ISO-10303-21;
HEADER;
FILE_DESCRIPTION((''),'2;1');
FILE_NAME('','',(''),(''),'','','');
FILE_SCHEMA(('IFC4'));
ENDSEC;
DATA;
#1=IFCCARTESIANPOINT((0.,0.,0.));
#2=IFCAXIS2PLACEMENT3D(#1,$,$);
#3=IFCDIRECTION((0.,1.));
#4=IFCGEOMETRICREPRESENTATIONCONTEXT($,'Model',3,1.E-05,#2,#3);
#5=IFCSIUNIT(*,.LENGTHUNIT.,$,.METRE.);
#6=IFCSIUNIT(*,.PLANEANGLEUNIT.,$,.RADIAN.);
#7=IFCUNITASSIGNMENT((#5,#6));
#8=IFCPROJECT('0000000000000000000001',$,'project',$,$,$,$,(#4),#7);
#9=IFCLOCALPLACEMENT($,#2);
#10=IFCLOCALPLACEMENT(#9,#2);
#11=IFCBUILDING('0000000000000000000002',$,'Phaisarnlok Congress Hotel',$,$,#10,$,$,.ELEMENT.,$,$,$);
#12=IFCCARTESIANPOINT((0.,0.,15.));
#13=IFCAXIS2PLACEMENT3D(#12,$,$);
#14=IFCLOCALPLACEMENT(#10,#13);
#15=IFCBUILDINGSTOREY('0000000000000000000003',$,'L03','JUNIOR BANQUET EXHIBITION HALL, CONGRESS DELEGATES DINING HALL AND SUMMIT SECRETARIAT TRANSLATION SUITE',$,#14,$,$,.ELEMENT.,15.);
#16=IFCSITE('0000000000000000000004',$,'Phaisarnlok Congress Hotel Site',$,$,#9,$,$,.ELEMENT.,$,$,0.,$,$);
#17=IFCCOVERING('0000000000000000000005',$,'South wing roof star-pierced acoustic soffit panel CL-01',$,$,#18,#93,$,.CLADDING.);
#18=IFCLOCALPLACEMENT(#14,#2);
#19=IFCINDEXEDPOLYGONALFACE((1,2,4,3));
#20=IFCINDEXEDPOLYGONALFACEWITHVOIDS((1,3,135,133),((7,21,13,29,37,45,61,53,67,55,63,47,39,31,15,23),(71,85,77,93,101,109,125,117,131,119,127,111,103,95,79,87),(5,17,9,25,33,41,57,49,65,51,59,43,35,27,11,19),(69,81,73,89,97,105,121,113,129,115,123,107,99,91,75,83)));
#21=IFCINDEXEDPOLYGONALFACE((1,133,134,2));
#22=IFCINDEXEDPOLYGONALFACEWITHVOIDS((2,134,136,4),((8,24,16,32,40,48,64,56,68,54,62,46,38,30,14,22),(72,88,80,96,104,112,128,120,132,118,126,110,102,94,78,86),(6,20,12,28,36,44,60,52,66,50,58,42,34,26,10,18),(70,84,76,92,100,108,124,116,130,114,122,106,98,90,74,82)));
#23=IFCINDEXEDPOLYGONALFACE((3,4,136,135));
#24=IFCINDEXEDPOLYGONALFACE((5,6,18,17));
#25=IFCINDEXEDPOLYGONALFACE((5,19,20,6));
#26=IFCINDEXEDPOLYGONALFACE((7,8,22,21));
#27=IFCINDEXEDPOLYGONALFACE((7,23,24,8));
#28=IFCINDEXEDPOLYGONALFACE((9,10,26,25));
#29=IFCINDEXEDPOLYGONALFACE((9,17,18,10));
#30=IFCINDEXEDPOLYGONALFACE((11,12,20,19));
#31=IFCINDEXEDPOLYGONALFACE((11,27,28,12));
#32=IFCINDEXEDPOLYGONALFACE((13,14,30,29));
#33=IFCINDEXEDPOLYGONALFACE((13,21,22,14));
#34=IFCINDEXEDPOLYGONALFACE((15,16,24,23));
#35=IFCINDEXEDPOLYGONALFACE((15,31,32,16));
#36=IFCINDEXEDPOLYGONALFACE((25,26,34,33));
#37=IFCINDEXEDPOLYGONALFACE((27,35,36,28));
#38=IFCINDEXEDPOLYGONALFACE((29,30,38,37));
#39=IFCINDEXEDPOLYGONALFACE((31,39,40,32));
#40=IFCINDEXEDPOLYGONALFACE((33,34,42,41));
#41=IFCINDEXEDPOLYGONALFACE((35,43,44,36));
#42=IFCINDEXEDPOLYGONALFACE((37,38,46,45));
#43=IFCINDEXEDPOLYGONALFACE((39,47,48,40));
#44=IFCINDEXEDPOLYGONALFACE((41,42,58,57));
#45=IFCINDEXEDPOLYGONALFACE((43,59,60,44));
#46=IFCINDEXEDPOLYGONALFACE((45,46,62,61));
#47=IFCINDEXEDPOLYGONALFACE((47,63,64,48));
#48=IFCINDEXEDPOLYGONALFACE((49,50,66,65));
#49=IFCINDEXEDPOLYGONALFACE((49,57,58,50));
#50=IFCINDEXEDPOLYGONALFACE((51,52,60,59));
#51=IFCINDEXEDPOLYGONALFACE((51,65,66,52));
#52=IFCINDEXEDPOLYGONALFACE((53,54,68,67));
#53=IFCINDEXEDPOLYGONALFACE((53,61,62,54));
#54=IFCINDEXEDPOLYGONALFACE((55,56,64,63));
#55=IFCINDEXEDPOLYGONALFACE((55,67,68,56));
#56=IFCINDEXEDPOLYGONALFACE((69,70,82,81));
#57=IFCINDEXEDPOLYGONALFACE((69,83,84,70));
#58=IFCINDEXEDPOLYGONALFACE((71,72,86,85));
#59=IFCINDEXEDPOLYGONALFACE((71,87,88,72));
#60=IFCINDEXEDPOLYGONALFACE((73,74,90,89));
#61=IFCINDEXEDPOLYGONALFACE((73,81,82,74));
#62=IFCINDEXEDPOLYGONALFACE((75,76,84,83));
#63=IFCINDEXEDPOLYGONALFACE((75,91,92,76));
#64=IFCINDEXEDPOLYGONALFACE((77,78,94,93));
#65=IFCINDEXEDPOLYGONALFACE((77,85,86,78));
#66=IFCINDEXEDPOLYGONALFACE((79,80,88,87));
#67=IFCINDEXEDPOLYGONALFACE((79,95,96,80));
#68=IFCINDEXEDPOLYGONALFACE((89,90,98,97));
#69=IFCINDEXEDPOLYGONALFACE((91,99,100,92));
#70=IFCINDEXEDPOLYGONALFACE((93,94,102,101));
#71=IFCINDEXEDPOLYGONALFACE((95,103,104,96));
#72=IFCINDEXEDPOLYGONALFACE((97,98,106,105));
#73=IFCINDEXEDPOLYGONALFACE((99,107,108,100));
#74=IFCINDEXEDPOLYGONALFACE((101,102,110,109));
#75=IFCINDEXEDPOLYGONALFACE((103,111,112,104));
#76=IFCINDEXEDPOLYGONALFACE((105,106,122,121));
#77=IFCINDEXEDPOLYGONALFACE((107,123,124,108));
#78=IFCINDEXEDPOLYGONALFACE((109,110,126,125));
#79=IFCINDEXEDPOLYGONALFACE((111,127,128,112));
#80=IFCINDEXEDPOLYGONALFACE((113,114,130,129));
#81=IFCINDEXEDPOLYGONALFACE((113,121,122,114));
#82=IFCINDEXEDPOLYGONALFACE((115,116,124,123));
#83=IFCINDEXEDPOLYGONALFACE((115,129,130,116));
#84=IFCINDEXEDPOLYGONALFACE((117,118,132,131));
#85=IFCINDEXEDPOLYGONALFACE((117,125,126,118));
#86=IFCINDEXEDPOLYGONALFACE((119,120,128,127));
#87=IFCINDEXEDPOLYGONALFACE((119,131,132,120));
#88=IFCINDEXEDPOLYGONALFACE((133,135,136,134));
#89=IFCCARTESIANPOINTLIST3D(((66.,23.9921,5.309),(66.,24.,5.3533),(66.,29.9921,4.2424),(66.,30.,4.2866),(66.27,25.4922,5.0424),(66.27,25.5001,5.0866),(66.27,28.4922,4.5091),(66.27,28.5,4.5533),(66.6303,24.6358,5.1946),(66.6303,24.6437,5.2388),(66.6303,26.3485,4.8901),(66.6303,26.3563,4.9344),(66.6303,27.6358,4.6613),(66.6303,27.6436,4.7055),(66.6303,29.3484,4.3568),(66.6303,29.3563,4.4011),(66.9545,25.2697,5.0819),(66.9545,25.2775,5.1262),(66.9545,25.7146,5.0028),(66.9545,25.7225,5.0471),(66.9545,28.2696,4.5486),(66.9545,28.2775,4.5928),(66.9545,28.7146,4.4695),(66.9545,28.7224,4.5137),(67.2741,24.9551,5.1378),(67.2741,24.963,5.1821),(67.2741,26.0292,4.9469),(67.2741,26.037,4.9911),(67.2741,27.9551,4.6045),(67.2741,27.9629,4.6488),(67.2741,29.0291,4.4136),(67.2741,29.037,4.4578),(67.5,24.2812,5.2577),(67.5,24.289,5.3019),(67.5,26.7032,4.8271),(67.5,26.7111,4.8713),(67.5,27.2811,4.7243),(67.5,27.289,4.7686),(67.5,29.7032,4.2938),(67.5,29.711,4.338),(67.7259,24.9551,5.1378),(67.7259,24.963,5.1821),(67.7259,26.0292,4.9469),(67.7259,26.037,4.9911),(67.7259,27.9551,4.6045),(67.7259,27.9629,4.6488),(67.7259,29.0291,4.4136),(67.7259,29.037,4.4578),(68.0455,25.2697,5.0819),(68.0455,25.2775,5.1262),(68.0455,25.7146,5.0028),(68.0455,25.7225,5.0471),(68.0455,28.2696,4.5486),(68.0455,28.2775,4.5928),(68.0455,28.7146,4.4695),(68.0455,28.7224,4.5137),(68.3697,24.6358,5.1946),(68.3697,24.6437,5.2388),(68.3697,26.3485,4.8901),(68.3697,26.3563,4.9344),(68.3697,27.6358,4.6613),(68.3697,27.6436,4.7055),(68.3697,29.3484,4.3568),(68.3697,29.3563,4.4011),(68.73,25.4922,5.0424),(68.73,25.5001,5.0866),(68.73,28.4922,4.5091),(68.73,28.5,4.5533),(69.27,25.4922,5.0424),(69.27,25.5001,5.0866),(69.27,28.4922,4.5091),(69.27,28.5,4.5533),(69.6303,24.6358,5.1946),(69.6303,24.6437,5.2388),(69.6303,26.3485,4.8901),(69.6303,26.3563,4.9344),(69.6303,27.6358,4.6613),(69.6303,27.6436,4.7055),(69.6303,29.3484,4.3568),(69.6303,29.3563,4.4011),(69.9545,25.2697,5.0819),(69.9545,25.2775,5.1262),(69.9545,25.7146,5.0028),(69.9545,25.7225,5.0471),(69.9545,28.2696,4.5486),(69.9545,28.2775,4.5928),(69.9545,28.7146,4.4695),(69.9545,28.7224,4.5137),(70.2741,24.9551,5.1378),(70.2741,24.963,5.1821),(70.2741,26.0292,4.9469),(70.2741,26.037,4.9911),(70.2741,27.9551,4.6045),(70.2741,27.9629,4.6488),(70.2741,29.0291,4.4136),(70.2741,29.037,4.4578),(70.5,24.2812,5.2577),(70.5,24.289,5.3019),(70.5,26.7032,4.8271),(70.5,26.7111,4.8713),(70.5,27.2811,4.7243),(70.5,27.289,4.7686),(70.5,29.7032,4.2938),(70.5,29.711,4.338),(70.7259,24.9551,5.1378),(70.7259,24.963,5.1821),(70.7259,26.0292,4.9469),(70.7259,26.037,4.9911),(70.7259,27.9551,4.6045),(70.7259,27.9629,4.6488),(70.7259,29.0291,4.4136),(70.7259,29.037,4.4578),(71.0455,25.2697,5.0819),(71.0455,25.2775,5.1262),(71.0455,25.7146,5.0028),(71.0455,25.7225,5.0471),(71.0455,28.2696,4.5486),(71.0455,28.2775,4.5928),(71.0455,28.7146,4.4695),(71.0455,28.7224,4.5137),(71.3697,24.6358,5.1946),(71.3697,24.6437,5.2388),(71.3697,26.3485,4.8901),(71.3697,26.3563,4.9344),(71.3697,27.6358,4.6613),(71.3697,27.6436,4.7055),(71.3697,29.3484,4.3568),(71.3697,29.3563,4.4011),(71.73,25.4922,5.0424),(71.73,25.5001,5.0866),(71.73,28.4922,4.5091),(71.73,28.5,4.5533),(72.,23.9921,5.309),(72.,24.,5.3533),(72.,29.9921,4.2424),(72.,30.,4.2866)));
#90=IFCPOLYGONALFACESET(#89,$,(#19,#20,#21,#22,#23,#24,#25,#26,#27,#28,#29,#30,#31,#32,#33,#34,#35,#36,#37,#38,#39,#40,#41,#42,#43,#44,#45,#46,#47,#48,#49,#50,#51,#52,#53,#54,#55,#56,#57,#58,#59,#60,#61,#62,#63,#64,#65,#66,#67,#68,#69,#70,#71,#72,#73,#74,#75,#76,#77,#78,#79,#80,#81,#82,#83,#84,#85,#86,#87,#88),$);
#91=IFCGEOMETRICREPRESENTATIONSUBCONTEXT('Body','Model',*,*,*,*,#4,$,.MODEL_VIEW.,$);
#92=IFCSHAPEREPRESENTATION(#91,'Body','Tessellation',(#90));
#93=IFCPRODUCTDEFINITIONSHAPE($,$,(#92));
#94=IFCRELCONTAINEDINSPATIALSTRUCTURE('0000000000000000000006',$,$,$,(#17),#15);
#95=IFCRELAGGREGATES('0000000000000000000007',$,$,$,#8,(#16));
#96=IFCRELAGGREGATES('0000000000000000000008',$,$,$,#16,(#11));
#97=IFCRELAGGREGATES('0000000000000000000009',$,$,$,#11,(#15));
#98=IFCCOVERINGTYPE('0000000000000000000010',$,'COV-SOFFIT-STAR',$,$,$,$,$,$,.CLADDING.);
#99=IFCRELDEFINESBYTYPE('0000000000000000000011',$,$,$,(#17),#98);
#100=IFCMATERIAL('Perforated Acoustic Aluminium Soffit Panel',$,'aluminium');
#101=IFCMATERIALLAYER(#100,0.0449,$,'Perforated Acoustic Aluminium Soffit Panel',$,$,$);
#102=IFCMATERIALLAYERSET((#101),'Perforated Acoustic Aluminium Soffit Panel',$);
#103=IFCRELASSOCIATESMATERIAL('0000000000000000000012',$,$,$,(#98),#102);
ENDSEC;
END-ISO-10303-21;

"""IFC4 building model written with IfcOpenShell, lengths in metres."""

from ifc_helpers import new_model, si_unit, direction, frame, origin, place, context, subcontext, project, spatial, polyline, outline, extrude, material, layer, layer_set, type_object, element, save


model = new_model("IFC4")

# Units and contexts
model_context = context("Model", 3, precision=1e-05, world=origin(), true_north=direction((0.0, 1.0)))
body_context = subcontext(model_context, "Body", "Model", "MODEL_VIEW")
ifc_project = project(units=[si_unit("LENGTHUNIT", "METRE"), si_unit("PLANEANGLEUNIT", "RADIAN")], contexts=[model_context])

# Site, building, storey
site_placement = place(None, origin())
site = spatial("IfcSite", under=ifc_project, at=site_placement, Name="Phaisarnlok Congress Hotel Site", CompositionType="ELEMENT", RefElevation=0.0)
building_placement = place(site_placement, origin())
building = spatial("IfcBuilding", under=site, at=building_placement, Name="Phaisarnlok Congress Hotel", CompositionType="ELEMENT")
storey_placement = place(building_placement, frame((0.0, 0.0, 15.0)))
storey = spatial("IfcBuildingStorey", under=building, at=storey_placement, Name="L03", Description="JUNIOR BANQUET EXHIBITION HALL, CONGRESS DELEGATES DINING HALL AND SUMMIT SECRETARIAT TRANSLATION SUITE", CompositionType="ELEMENT", Elevation=15.0)

# Covering
ifc_material_1 = material(Name="Perforated Acoustic Aluminium Soffit Panel", Category="aluminium")
ifc_layer_1 = layer(ifc_material_1, 0.0449, Name="Perforated Acoustic Aluminium Soffit Panel")
ifc_layer_set_1 = layer_set([ifc_layer_1], Name="Perforated Acoustic Aluminium Soffit Panel")
covering_type = type_object("IfcCoveringType", Name="COV-SOFFIT-STAR", PredefinedType="CLADDING", material=ifc_layer_set_1)
covering_1_placement = place(storey_placement, frame((66.0, 30.0, 4.2866), z_axis=(0.0, -0.175031, -0.984563), x_axis=(1.0, 0.0, 0.0)))
element("IfcCovering", 1, at=covering_1_placement, inside=storey, type_object=covering_type, Name="South wing roof star-pierced acoustic soffit panel CL-01", PredefinedType="CLADDING", context=body_context, shape_type="SweptSolid", body=[
    extrude(outline(polyline([(0.0, 0.0), (6.0, 0.0), (6.0, 6.0941), (0.0, 6.0941), (0.0, 0.0)]), holes=[polyline([(2.0455, 1.2976), (2.3697, 0.6538), (1.7259, 0.9781), (1.5, 0.2935), (1.2741, 0.9781), (0.6303, 0.6538), (0.9545, 1.2976), (0.27, 1.5235), (0.9545, 1.7495), (0.6303, 2.3933), (1.2741, 2.069), (1.5, 2.7535), (1.7259, 2.069), (2.3697, 2.3933), (2.0455, 1.7495), (2.73, 1.5235), (2.0455, 1.2976)]), polyline([(2.0455, 4.3446), (2.3697, 3.7008), (1.7259, 4.0251), (1.5, 3.3405), (1.2741, 4.0251), (0.6303, 3.7008), (0.9545, 4.3446), (0.27, 4.5705), (0.9545, 4.7965), (0.6303, 5.4403), (1.2741, 5.116), (1.5, 5.8005), (1.7259, 5.116), (2.3697, 5.4403), (2.0455, 4.7965), (2.73, 4.5705), (2.0455, 4.3446)]), polyline([(5.0455, 1.2976), (5.3697, 0.6538), (4.7259, 0.9781), (4.5, 0.2935), (4.2741, 0.9781), (3.6303, 0.6538), (3.9545, 1.2976), (3.27, 1.5235), (3.9545, 1.7495), (3.6303, 2.3933), (4.2741, 2.069), (4.5, 2.7535), (4.7259, 2.069), (5.3697, 2.3933), (5.0455, 1.7495), (5.73, 1.5235), (5.0455, 1.2976)]), polyline([(5.0455, 4.3446), (5.3697, 3.7008), (4.7259, 4.0251), (4.5, 3.3405), (4.2741, 4.0251), (3.6303, 3.7008), (3.9545, 4.3446), (3.27, 4.5705), (3.9545, 4.7965), (3.6303, 5.4403), (4.2741, 5.116), (4.5, 5.8005), (4.7259, 5.116), (5.3697, 5.4403), (5.0455, 4.7965), (5.73, 4.5705), (5.0455, 4.3446)])]), origin(), (0.0, 0.0, 1.0), 0.0449),
])

save(model, "model.ifc")
